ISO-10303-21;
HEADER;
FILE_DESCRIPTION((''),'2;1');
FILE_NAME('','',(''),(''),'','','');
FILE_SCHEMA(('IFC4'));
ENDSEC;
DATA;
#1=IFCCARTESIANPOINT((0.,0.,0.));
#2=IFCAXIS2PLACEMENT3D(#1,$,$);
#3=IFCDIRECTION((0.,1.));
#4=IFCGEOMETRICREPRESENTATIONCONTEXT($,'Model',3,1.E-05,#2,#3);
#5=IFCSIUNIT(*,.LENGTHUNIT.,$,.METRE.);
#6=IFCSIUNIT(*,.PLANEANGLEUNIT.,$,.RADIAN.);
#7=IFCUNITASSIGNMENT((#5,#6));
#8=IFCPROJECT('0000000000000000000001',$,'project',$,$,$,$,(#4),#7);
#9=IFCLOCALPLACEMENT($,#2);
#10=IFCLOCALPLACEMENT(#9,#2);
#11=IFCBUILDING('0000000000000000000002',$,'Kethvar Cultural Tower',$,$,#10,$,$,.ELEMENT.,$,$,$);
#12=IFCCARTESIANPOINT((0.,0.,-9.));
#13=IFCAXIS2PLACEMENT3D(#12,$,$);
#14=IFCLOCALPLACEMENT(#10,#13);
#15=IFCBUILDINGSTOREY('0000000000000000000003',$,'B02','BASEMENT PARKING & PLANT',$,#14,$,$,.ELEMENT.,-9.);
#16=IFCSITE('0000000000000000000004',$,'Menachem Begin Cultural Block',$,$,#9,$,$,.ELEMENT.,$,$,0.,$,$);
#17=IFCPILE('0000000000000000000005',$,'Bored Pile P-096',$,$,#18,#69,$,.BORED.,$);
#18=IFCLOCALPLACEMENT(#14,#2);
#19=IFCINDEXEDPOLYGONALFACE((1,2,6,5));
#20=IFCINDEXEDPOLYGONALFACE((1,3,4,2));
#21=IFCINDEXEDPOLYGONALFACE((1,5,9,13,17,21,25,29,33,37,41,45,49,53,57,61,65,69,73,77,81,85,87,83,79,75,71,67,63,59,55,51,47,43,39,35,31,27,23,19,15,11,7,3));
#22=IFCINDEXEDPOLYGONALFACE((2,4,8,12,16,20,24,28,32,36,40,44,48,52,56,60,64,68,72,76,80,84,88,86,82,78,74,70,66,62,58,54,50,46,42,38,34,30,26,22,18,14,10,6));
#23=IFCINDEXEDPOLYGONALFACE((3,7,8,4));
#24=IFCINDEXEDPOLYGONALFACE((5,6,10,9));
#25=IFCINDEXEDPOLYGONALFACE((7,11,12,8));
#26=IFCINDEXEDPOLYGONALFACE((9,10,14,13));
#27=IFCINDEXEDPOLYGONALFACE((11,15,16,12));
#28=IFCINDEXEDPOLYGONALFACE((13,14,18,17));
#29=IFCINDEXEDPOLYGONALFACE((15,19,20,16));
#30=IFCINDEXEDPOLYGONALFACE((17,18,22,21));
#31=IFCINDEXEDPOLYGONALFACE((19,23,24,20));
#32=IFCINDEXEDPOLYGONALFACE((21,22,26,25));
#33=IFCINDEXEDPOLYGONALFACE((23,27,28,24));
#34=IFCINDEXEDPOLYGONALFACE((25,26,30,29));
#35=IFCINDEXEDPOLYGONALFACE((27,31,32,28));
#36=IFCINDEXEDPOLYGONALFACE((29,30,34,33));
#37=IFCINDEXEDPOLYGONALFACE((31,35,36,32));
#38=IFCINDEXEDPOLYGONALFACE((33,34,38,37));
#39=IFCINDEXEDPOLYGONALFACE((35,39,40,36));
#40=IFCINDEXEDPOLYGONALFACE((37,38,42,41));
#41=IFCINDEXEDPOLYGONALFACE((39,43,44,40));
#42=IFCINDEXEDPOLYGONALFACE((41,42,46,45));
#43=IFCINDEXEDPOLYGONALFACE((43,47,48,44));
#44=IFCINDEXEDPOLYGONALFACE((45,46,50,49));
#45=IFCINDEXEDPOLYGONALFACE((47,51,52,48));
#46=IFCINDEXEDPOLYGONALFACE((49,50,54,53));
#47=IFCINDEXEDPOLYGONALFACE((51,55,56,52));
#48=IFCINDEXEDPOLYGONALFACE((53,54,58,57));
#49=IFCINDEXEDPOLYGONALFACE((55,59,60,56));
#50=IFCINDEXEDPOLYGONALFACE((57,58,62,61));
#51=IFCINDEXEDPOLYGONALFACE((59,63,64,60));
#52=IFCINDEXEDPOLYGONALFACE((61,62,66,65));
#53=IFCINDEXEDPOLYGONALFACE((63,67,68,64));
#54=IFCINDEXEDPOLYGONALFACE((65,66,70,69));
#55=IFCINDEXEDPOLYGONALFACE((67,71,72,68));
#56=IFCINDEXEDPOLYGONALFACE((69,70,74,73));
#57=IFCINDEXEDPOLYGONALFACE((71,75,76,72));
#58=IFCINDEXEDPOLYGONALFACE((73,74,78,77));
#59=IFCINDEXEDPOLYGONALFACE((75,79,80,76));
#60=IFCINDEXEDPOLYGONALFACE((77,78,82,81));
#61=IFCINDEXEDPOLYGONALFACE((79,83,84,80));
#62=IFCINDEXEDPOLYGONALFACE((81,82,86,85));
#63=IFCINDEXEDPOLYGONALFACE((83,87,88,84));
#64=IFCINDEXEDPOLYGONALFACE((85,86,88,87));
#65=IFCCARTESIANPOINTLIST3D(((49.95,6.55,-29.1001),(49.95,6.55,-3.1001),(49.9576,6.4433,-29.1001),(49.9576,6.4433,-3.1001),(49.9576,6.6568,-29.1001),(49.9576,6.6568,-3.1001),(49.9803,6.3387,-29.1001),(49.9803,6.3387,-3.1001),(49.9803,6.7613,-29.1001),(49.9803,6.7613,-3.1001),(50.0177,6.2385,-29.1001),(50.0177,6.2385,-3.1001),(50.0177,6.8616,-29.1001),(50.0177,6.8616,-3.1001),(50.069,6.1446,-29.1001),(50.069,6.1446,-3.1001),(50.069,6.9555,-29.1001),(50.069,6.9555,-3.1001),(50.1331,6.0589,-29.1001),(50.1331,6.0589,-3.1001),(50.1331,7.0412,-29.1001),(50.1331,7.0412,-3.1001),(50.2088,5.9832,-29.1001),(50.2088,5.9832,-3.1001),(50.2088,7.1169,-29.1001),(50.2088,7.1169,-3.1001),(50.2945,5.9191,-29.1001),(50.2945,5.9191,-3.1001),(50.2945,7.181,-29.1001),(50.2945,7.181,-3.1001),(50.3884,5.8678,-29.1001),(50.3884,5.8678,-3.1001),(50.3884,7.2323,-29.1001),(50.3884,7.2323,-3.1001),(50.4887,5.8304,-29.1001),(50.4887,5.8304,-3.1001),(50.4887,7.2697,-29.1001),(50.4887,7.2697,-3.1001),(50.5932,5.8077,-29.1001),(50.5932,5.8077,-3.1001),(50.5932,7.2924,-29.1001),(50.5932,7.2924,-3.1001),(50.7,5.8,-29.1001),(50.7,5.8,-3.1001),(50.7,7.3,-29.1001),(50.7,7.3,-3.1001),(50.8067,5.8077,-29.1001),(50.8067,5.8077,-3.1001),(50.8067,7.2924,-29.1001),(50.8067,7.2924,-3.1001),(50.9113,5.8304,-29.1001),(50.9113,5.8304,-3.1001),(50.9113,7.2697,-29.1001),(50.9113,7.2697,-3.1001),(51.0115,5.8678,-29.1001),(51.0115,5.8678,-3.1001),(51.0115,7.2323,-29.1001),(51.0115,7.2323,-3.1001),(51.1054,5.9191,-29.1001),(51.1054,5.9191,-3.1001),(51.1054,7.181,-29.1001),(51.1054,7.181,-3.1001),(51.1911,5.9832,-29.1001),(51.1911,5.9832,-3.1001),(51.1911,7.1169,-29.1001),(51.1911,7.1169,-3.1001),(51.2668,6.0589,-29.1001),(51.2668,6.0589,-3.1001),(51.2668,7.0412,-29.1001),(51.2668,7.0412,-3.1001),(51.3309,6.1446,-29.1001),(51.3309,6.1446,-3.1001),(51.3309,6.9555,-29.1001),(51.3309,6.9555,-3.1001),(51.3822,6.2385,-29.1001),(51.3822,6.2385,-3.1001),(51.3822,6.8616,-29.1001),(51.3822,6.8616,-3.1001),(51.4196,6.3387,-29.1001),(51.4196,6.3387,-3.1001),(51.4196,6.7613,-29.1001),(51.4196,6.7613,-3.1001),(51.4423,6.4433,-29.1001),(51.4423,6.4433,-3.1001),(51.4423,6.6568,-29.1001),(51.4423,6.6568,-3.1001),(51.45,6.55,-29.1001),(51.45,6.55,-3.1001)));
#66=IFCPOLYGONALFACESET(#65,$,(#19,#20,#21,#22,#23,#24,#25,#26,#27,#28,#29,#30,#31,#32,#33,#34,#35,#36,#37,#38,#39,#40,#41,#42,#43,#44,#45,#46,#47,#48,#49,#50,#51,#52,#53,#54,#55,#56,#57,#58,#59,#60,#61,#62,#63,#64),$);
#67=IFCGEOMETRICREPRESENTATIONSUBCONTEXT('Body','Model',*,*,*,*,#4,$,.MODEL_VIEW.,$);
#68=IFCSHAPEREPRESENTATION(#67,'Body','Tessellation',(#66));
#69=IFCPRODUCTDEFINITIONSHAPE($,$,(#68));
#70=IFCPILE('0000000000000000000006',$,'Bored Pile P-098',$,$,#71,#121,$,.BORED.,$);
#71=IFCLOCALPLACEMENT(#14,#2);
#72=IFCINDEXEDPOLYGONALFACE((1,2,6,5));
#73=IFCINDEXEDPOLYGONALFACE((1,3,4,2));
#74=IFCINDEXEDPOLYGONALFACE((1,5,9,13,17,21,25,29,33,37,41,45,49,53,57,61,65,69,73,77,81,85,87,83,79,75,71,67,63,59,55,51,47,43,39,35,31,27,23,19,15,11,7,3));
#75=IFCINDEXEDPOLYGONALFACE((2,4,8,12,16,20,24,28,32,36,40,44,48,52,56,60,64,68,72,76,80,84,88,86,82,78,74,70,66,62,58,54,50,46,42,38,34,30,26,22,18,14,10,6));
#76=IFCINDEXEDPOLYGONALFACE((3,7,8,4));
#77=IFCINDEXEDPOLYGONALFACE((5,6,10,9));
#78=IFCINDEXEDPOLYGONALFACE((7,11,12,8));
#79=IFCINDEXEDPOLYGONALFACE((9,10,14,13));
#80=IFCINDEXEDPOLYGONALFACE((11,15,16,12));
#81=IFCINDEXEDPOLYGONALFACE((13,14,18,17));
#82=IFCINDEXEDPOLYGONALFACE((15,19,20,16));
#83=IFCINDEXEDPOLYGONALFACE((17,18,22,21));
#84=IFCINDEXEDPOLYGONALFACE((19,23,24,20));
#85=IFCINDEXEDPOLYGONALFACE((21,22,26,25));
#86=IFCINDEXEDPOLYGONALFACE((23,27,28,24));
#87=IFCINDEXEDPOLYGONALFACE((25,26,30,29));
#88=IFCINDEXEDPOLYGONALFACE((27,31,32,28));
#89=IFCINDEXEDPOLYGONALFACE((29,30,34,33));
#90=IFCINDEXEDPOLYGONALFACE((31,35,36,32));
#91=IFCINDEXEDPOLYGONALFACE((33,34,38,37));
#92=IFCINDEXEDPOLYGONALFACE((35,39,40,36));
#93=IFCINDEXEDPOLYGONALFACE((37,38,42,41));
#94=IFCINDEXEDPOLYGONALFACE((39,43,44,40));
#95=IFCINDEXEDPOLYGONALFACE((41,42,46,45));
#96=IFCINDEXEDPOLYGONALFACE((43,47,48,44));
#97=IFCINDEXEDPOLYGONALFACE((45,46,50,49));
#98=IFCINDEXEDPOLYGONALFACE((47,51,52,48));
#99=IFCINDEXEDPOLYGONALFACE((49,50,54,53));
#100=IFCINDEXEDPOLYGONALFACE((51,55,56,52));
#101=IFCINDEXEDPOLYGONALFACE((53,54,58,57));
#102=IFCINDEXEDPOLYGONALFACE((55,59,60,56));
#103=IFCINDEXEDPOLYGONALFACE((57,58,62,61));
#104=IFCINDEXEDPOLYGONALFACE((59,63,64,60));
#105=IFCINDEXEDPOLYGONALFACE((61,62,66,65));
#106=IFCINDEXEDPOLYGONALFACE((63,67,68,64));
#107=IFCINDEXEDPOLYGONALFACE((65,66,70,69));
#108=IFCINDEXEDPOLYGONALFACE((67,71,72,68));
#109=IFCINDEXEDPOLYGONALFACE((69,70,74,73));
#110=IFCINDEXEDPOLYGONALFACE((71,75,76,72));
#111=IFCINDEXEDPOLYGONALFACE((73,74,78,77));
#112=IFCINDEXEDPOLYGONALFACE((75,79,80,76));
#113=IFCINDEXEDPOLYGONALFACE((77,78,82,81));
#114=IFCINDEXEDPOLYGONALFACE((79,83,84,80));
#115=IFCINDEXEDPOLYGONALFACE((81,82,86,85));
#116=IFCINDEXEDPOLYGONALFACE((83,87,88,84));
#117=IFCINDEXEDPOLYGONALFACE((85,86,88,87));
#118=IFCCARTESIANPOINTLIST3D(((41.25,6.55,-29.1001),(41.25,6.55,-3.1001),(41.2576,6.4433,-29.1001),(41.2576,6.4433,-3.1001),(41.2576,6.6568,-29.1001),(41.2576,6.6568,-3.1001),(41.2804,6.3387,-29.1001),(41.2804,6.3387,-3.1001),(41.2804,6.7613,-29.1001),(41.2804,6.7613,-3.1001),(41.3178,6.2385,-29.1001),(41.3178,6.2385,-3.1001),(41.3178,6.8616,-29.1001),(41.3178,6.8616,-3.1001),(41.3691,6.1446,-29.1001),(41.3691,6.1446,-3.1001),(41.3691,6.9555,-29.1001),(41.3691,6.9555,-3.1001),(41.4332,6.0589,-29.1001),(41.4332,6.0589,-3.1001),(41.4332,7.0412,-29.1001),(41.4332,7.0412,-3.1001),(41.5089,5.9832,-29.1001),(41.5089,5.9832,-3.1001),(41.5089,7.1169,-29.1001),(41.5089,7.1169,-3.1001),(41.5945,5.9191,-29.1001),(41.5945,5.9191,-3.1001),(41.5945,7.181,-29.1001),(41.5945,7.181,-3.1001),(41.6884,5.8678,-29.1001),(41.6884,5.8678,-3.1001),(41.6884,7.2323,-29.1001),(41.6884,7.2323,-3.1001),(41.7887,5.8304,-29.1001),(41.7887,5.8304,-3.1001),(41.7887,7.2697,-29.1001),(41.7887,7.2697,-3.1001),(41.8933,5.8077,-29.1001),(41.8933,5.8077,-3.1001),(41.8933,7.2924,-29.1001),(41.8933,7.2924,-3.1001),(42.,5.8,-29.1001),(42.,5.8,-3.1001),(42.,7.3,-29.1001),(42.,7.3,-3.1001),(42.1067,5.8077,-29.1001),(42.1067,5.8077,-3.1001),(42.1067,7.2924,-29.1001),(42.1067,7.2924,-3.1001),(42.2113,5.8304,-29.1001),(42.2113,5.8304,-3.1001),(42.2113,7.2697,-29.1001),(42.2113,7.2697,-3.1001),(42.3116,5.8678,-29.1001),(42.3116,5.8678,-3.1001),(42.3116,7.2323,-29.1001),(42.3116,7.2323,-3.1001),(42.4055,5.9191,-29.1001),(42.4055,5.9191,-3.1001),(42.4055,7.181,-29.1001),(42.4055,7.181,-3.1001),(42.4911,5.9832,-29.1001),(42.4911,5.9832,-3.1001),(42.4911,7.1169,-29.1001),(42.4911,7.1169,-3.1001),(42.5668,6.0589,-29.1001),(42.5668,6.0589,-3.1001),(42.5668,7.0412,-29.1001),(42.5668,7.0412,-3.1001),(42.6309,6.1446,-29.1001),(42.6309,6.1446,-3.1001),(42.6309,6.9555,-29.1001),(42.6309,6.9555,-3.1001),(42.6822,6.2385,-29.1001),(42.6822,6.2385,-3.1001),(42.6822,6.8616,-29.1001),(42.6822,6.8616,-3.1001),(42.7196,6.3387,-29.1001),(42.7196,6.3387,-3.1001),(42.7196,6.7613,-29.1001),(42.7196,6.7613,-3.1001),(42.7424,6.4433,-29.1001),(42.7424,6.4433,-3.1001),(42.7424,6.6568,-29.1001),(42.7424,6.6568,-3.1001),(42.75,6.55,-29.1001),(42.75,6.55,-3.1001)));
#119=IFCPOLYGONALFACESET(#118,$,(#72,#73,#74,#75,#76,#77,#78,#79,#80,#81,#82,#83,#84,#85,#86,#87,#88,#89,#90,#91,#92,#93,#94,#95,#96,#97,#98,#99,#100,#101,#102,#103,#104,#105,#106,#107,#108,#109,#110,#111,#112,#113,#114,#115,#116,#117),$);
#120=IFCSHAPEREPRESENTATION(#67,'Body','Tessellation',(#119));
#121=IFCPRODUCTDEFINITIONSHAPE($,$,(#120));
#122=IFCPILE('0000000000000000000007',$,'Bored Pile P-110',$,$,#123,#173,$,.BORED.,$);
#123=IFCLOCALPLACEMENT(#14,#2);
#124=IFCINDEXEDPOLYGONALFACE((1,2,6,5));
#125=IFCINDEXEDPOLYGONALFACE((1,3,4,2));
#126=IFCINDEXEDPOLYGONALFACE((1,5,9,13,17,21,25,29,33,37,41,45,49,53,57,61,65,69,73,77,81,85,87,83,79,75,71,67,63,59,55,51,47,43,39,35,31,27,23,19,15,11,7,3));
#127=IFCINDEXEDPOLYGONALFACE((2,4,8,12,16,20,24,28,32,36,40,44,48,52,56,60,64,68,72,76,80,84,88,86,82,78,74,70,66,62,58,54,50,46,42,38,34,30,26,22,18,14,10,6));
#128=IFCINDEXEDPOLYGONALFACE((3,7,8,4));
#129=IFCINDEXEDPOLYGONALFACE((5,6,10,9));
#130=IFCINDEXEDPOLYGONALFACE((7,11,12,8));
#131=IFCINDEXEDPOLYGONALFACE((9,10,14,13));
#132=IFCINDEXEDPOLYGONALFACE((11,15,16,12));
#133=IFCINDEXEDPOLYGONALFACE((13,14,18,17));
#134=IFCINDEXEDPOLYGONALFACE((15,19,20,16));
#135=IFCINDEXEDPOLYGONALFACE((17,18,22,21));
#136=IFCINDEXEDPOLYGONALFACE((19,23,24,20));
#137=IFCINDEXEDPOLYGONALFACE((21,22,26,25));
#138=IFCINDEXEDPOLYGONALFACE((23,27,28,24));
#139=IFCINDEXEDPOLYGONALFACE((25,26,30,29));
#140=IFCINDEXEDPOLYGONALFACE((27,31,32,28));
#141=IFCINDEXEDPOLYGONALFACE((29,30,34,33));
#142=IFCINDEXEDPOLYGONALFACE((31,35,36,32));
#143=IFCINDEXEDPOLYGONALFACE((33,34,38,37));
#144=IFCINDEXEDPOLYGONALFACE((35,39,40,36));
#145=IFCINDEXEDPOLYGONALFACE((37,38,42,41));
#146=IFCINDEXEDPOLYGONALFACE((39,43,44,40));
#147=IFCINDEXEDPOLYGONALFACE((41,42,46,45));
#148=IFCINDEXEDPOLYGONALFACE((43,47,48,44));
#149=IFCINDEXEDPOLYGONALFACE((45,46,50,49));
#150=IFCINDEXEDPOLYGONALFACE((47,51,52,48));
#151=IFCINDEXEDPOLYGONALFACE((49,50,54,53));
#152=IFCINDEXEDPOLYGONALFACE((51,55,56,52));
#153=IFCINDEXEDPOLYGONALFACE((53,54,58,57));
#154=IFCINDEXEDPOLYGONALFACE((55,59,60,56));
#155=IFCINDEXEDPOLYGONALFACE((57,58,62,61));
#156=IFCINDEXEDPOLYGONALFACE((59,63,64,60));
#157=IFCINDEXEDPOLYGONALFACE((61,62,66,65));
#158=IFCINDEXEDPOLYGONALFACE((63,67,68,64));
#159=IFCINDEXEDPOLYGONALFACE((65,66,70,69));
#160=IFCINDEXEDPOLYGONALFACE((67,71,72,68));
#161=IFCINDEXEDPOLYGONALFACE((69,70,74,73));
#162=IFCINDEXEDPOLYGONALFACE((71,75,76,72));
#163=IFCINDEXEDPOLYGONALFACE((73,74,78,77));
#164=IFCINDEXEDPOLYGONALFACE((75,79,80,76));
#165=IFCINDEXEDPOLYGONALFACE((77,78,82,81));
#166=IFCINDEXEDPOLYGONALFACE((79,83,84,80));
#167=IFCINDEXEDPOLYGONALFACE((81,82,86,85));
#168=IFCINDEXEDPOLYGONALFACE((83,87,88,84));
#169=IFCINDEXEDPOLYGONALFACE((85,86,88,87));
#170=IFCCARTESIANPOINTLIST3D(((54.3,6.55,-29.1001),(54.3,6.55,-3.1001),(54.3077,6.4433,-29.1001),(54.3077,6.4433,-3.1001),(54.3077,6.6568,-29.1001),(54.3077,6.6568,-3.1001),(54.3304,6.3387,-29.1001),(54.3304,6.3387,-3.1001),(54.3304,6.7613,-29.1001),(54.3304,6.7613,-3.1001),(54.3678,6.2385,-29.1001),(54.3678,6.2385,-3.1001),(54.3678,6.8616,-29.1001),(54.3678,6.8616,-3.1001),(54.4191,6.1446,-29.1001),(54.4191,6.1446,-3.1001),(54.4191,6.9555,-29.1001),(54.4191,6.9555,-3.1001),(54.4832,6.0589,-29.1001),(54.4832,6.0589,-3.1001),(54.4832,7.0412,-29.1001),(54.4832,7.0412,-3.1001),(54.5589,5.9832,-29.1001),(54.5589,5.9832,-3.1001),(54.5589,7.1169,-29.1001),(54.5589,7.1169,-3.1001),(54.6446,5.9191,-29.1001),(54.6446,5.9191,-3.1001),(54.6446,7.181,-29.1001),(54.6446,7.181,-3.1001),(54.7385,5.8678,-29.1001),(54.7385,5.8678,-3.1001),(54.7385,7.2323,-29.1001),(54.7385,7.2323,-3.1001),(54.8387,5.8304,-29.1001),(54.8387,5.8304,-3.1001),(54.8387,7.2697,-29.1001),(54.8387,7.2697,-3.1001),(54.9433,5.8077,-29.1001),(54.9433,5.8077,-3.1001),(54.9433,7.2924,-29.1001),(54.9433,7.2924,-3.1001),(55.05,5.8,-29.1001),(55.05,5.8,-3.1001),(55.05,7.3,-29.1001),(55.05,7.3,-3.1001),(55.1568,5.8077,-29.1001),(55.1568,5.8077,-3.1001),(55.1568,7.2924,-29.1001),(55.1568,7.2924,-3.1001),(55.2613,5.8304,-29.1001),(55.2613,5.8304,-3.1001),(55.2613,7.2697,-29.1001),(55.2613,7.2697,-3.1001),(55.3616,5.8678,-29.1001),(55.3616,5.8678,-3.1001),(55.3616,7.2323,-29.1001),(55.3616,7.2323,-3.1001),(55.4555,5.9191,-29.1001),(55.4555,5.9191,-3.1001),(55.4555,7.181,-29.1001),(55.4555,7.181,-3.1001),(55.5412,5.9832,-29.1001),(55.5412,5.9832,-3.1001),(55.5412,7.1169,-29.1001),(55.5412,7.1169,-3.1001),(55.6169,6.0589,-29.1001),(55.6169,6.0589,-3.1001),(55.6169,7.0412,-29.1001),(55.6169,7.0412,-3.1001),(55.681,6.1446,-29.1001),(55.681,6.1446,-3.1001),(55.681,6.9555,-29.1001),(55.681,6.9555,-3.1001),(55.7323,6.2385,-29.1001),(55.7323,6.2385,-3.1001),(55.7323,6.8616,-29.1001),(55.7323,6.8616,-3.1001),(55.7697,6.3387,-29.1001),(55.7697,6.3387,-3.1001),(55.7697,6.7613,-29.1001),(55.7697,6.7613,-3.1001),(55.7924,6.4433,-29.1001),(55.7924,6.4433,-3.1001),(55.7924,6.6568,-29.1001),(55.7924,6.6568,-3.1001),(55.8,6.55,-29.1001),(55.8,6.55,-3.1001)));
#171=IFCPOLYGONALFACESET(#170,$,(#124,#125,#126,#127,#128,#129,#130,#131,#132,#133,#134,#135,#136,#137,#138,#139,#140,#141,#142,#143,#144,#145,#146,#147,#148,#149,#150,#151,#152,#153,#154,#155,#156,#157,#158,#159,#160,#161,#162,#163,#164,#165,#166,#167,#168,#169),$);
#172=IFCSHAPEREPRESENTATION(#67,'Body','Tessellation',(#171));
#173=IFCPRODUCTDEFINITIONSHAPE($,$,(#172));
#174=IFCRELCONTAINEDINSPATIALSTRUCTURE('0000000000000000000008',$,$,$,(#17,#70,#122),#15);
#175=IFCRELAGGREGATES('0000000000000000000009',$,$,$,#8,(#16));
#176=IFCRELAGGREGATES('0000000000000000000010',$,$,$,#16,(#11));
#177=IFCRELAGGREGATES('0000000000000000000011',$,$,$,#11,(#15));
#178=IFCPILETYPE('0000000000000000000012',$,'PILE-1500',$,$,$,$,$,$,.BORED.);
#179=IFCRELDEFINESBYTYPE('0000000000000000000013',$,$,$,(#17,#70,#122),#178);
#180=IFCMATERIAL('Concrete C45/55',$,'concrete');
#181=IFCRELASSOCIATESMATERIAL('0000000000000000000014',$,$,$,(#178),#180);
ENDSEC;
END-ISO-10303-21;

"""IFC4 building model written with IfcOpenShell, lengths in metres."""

from ifc_helpers import new_model, si_unit, direction, frame, origin, origin_2d, place, context, subcontext, project, spatial, circle, extrude, source, transform, mapped, material, material_profile, profile_set, type_object, element, save


model = new_model("IFC4")

# Units and contexts
model_context = context("Model", 3, precision=1e-05, world=origin(), true_north=direction((0.0, 1.0)))
body_context = subcontext(model_context, "Body", "Model", "MODEL_VIEW")
ifc_project = project(units=[si_unit("LENGTHUNIT", "METRE"), si_unit("PLANEANGLEUNIT", "RADIAN")], contexts=[model_context])

# Site, building, storey
site_placement = place(None, origin())
site = spatial("IfcSite", under=ifc_project, at=site_placement, Name="Menachem Begin Cultural Block", CompositionType="ELEMENT", RefElevation=0.0)
building_placement = place(site_placement, origin())
building = spatial("IfcBuilding", under=site, at=building_placement, Name="Kethvar Cultural Tower", CompositionType="ELEMENT")
storey_placement = place(building_placement, frame((0.0, 0.0, -9.0)))
storey = spatial("IfcBuildingStorey", under=building, at=storey_placement, Name="B02", Description="BASEMENT PARKING & PLANT", CompositionType="ELEMENT", Elevation=-9.0)

# Piles
ifc_material_1 = material(Name="Concrete C45/55", Category="concrete")
ifc_material_profile_1 = material_profile(ifc_material_1, circle(Radius=0.75, at=origin_2d()), Name="Concrete C45/55 — PILE1500")
ifc_profile_set_1 = profile_set([ifc_material_profile_1], Name="Concrete C45/55 — PILE1500")
pile_type = type_object("IfcPileType", Name="PILE-1500", PredefinedType="BORED", material=ifc_profile_set_1)
shared_shape_1 = source(origin(), body_context, "Body", "SweptSolid", [
    extrude(circle(Radius=0.75, at=origin_2d()), origin(), (0.0, 0.0, 1.0), 26.0),
])
for number, where, z_axis, x_axis, name in (
    (1, (50.7, 6.55, -3.1001), (0.0, 0.0, -1.0), (1.0, 0.0, 0.0), "Bored Pile P-096"),
    (2, (42.0, 6.55, -3.1001), (0.0, 0.0, -1.0), (1.0, 0.0, 0.0), "Bored Pile P-098"),
    (3, (55.05, 6.55, -3.1001), (0.0, 0.0, -1.0), (1.0, 0.0, 0.0), "Bored Pile P-110"),
):
    element("IfcPile", number, at=place(storey_placement, frame(where, z_axis=z_axis, x_axis=x_axis)), inside=storey, type_object=pile_type, Name=name, PredefinedType="BORED", context=body_context, shape_type="MappedRepresentation", body=[
        mapped(shared_shape_1, transform((0.0, 0.0, 0.0), scale=1.0)),
    ])

save(model, "model.ifc")
